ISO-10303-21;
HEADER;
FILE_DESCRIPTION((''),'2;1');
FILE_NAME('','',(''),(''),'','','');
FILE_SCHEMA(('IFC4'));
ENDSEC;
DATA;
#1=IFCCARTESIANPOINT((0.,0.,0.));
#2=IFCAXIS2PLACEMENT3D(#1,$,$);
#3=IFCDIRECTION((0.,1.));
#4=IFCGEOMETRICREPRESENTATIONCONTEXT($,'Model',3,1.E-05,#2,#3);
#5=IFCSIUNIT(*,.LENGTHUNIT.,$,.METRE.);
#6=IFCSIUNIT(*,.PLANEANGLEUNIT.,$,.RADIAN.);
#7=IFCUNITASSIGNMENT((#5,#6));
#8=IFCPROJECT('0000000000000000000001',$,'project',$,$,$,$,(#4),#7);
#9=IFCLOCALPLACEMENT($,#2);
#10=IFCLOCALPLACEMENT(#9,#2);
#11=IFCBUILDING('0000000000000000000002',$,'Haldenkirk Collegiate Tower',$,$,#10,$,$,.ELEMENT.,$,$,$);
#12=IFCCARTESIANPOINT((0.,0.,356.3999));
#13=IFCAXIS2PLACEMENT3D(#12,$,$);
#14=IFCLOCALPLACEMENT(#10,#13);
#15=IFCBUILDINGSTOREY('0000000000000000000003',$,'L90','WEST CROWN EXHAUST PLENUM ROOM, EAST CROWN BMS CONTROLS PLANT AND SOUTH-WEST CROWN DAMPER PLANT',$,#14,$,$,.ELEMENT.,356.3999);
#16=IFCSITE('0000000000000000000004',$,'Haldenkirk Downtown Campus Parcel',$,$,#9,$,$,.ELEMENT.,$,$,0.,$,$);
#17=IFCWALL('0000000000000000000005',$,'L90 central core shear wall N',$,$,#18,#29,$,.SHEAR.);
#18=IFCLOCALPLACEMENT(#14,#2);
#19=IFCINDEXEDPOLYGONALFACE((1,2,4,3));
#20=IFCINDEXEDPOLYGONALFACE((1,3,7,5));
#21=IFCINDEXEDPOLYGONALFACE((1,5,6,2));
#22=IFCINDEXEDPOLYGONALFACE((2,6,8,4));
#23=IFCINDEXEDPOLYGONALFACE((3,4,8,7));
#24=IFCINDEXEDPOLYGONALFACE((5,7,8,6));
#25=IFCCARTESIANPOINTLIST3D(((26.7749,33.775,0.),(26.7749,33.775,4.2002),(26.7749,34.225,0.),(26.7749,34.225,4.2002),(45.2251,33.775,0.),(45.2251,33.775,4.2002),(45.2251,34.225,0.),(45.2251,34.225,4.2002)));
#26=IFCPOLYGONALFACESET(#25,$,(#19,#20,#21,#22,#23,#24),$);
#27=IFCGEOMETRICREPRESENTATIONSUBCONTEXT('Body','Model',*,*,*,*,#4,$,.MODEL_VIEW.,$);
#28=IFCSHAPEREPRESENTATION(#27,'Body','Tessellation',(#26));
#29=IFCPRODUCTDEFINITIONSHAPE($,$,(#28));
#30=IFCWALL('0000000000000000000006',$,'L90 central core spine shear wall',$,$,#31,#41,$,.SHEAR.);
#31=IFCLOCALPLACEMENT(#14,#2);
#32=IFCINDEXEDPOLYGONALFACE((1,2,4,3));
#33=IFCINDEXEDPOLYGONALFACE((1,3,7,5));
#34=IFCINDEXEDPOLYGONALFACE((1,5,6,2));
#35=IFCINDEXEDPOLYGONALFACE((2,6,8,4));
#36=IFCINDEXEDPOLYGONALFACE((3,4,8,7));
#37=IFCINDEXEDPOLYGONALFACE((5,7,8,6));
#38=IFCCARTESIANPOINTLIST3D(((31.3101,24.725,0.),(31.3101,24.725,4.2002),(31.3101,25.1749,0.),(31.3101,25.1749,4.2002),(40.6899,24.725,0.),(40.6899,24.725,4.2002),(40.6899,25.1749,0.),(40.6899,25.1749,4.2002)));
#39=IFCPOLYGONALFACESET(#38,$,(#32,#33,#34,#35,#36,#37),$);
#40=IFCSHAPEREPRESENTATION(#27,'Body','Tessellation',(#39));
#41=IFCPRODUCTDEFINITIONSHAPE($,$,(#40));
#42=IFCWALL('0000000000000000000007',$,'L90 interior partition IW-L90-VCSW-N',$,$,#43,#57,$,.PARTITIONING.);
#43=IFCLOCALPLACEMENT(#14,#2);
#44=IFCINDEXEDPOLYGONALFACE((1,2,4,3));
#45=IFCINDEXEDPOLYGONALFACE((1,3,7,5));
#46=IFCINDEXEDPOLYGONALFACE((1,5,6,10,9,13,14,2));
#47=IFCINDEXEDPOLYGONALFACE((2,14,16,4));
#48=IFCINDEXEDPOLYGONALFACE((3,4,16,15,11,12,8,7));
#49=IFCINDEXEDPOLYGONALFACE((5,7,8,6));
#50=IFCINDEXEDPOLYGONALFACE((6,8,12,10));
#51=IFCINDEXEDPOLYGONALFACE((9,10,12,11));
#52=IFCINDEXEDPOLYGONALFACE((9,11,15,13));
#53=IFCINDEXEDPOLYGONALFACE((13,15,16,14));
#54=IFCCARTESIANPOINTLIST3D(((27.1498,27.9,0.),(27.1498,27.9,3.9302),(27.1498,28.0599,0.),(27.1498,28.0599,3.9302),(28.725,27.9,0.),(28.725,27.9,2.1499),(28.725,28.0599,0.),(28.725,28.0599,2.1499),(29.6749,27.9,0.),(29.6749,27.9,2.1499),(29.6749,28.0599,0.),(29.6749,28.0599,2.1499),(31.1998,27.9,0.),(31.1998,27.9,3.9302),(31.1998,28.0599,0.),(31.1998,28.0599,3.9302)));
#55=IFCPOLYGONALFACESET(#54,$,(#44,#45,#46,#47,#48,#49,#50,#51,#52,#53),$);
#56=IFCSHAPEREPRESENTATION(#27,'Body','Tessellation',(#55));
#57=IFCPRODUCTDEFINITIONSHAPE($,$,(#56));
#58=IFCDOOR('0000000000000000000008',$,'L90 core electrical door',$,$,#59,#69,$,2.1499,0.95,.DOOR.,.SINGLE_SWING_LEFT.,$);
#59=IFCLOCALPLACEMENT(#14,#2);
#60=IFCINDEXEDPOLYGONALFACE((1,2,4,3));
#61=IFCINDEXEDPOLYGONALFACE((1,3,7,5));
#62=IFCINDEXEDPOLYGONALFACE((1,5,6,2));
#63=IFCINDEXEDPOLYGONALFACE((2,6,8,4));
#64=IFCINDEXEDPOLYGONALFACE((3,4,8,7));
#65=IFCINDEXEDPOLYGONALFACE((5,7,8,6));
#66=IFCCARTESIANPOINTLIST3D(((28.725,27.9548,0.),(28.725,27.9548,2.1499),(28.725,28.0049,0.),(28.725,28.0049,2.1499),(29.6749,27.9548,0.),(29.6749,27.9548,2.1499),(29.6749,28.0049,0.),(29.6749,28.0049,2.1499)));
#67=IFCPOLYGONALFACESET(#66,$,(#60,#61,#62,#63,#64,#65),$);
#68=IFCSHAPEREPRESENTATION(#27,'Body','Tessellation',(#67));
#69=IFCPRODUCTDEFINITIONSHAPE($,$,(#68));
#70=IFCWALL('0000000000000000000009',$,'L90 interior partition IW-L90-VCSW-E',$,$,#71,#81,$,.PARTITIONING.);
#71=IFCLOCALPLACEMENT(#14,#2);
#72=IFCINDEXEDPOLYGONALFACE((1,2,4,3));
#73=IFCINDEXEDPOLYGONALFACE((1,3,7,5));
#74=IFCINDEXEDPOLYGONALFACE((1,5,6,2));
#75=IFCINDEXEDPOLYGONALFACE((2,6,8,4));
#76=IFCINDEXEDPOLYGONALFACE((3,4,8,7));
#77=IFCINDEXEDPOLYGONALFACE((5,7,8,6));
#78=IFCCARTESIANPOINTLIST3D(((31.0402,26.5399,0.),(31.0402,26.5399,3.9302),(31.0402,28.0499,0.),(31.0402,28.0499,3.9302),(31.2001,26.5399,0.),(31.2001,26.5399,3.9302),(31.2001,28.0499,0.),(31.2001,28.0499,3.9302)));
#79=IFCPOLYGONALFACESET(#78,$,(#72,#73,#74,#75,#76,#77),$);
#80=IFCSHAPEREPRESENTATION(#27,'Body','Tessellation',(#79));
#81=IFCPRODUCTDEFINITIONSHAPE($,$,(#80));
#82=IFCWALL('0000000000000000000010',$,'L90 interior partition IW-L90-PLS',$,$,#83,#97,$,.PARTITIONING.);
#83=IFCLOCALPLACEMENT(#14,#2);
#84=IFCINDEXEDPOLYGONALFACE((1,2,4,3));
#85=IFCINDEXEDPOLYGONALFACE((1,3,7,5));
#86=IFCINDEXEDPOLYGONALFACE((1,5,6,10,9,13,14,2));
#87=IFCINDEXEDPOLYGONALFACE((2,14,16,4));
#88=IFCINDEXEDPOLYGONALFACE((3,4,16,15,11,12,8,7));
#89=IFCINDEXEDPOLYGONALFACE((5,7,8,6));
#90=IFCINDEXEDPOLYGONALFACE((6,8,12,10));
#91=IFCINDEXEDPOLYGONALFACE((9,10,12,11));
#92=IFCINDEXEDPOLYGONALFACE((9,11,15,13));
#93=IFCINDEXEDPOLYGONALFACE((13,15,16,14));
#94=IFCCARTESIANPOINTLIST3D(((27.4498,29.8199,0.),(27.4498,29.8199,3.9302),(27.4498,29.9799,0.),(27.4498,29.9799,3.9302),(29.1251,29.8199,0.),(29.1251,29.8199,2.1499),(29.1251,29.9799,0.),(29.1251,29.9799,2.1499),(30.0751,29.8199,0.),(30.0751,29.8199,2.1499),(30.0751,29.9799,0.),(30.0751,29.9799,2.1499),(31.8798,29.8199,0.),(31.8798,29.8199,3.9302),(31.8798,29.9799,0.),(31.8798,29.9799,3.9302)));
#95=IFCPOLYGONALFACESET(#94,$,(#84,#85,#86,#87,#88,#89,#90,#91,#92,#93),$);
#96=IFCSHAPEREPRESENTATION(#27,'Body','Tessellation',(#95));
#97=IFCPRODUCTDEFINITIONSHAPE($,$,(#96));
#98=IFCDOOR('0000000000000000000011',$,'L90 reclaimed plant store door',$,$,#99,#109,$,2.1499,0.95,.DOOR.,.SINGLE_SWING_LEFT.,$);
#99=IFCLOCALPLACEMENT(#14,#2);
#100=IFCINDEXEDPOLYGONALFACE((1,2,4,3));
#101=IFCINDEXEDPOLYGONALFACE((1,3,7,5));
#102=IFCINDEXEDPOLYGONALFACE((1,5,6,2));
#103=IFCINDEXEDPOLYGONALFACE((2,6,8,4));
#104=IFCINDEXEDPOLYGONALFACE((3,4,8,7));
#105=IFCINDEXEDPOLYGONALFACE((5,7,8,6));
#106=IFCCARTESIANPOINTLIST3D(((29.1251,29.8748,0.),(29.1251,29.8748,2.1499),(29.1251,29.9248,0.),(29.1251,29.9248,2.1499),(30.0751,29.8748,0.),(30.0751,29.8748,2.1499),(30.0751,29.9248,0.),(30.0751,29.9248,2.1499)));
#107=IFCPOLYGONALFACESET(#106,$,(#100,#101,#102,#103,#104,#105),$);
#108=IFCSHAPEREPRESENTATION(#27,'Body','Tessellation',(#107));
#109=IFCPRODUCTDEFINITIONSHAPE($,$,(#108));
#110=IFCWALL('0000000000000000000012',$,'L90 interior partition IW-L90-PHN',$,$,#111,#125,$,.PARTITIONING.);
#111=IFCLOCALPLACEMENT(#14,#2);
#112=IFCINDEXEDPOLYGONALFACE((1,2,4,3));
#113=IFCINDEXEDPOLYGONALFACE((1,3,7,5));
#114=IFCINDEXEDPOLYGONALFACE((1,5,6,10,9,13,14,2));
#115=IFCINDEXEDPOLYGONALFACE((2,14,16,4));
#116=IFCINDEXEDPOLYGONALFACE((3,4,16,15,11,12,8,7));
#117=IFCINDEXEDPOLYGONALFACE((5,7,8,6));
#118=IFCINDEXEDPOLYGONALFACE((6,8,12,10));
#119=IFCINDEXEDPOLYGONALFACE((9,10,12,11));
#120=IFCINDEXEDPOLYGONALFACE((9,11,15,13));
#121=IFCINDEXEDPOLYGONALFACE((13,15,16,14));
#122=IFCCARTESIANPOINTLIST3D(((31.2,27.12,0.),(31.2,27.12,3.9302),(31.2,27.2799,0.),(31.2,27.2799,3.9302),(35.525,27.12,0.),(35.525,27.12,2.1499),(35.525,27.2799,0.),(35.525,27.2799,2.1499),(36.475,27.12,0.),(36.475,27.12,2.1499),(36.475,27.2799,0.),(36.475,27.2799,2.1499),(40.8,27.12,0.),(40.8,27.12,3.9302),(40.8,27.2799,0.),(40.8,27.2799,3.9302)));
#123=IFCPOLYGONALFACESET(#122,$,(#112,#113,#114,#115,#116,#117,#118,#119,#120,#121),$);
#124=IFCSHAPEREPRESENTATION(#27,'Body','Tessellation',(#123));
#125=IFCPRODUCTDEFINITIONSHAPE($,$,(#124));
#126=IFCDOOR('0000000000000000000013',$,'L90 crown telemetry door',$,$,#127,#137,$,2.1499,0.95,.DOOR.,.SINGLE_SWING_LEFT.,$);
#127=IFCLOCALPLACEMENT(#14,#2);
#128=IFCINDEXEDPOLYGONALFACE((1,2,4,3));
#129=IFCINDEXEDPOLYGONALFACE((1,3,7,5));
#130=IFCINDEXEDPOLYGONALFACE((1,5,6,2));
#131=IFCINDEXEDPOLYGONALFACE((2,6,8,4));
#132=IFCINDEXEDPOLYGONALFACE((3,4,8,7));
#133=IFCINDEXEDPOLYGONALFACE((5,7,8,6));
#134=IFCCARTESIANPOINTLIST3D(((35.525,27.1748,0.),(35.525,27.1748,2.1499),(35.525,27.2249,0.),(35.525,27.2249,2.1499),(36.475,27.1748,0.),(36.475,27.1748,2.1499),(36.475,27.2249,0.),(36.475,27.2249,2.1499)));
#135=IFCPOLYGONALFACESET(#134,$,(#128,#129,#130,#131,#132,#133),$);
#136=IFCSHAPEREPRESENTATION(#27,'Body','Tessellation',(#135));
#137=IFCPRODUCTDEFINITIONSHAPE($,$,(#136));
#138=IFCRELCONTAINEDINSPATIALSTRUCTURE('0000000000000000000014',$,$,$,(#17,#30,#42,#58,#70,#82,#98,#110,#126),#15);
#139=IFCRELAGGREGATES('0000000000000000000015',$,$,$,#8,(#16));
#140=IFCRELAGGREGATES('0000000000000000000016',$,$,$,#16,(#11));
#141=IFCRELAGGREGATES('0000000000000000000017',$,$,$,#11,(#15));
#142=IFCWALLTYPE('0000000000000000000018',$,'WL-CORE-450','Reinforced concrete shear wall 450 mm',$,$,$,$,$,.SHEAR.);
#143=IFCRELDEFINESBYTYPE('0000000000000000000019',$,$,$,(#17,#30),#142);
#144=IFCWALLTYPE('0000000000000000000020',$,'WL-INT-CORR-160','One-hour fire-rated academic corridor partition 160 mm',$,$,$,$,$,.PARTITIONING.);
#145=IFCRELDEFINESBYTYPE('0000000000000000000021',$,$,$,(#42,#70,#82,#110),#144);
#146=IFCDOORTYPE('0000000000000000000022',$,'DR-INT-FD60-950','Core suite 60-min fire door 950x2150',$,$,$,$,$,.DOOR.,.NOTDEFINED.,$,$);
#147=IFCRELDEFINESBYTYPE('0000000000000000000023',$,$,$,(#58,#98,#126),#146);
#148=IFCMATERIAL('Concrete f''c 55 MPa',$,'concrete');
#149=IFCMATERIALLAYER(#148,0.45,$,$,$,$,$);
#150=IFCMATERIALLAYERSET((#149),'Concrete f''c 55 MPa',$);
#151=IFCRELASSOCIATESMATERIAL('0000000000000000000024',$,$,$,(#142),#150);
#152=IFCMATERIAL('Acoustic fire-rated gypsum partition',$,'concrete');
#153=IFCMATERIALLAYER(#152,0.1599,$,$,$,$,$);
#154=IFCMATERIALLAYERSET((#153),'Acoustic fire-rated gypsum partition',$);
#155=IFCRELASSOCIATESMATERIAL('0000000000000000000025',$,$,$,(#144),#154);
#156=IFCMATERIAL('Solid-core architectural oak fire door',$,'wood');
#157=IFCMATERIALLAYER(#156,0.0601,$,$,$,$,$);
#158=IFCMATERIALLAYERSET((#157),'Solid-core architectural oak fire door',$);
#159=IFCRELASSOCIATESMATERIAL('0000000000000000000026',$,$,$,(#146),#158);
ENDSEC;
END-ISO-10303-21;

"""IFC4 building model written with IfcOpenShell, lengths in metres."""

from ifc_helpers import new_model, si_unit, direction, frame, frame_2d, origin, place, context, subcontext, project, spatial, rectangle, extrude, material, layer, layer_set, type_object, element, fill, save


model = new_model("IFC4")

# Units and contexts
model_context = context("Model", 3, precision=1e-05, world=origin(), true_north=direction((0.0, 1.0)))
body_context = subcontext(model_context, "Body", "Model", "MODEL_VIEW")
ifc_project = project(units=[si_unit("LENGTHUNIT", "METRE"), si_unit("PLANEANGLEUNIT", "RADIAN")], contexts=[model_context])

# Site, building, storey
site_placement = place(None, origin())
site = spatial("IfcSite", under=ifc_project, at=site_placement, Name="Haldenkirk Downtown Campus Parcel", CompositionType="ELEMENT", RefElevation=0.0)
building_placement = place(site_placement, origin())
building = spatial("IfcBuilding", under=site, at=building_placement, Name="Haldenkirk Collegiate Tower", CompositionType="ELEMENT")
storey_placement = place(building_placement, frame((0.0, 0.0, 356.3999)))
storey = spatial("IfcBuildingStorey", under=building, at=storey_placement, Name="L90", Description="WEST CROWN EXHAUST PLENUM ROOM, EAST CROWN BMS CONTROLS PLANT AND SOUTH-WEST CROWN DAMPER PLANT", CompositionType="ELEMENT", Elevation=356.3999)

# Walls
ifc_material_1 = material(Name="Concrete f'c 55 MPa", Category="concrete")
ifc_layer_1 = layer(ifc_material_1, 0.45)
ifc_layer_set_1 = layer_set([ifc_layer_1], Name="Concrete f'c 55 MPa")
wall_type_1 = type_object("IfcWallType", Name="WL-CORE-450", Description="Reinforced concrete shear wall 450 mm", PredefinedType="SHEAR", material=ifc_layer_set_1)
wall_1_placement = place(storey_placement, frame((26.7749, 34.0, 0.0), z_axis=(0.0, 0.0, 1.0), x_axis=(1.0, 0.0, 0.0)))
element("IfcWall", 1, at=wall_1_placement, inside=storey, type_object=wall_type_1, Name="L90 central core shear wall N", PredefinedType="SHEAR", context=body_context, shape_type="SweptSolid", body=[
    extrude(rectangle(XDim=18.4502, YDim=0.45, at=frame_2d((9.2251, 0.0))), origin(), (0.0, 0.0, 1.0), 4.2002),
])
wall_2_placement = place(storey_placement, frame((31.3101, 24.95, 0.0), z_axis=(0.0, 0.0, 1.0), x_axis=(1.0, 0.0, 0.0)))
element("IfcWall", 2, at=wall_2_placement, inside=storey, type_object=wall_type_1, Name="L90 central core spine shear wall", PredefinedType="SHEAR", context=body_context, shape_type="SweptSolid", body=[
    extrude(rectangle(XDim=9.3799, YDim=0.45, at=frame_2d((4.6899, 0.0))), origin(), (0.0, 0.0, 1.0), 4.2002),
])

# Wall, opening, door
ifc_material_2 = material(Name="Acoustic fire-rated gypsum partition", Category="concrete")
ifc_layer_2 = layer(ifc_material_2, 0.1599)
ifc_layer_set_2 = layer_set([ifc_layer_2], Name="Acoustic fire-rated gypsum partition")
wall_type_2 = type_object("IfcWallType", Name="WL-INT-CORR-160", Description="One-hour fire-rated academic corridor partition 160 mm", PredefinedType="PARTITIONING", material=ifc_layer_set_2)
wall_3_placement = place(storey_placement, frame((27.1499, 27.98, 0.0), z_axis=(0.0, 0.0, 1.0), x_axis=(1.0, 0.0, 0.0)))
wall_3 = element("IfcWall", 3, at=wall_3_placement, inside=storey, type_object=wall_type_2, Name="L90 interior partition IW-L90-VCSW-N", PredefinedType="PARTITIONING", context=body_context, shape_type="SweptSolid", body=[
    extrude(rectangle(XDim=4.05, YDim=0.1599, at=frame_2d((2.0249, 0.0))), origin(), (0.0, 0.0, 1.0), 3.9302),
])
opening_1_placement = place(wall_3_placement, frame((1.575, 0.0, 0.0)))
opening_1 = element("IfcOpeningElement", 4, at=opening_1_placement, cuts=wall_3, PredefinedType="OPENING", context=body_context, shape_type="SweptSolid", body=[
    extrude(rectangle(XDim=0.95, YDim=2.1499, at=frame_2d((0.4751, 1.075))), frame((0.0, 0.0898, 0.0), z_axis=(0.0, -1.0, 0.0), x_axis=(1.0, 0.0, 0.0)), (0.0, 0.0, 1.0), 0.1799),
])
ifc_material_3 = material(Name="Solid-core architectural oak fire door", Category="wood")
ifc_layer_3 = layer(ifc_material_3, 0.0601)
ifc_layer_set_3 = layer_set([ifc_layer_3], Name="Solid-core architectural oak fire door")
door_type_1 = type_object("IfcDoorType", Name="DR-INT-FD60-950", Description="Core suite 60-min fire door 950x2150", OperationType="NOTDEFINED", PredefinedType="DOOR", material=ifc_layer_set_3)
door_1_placement = place(opening_1_placement, origin())
door_1 = element("IfcDoor", 5, at=door_1_placement, inside=storey, type_object=door_type_1, Name="L90 core electrical door", OperationType="SINGLE_SWING_LEFT", OverallHeight=2.1499, OverallWidth=0.95, PredefinedType="DOOR", context=body_context, shape_type="SweptSolid", body=[
    extrude(rectangle(XDim=0.95, YDim=2.1499, at=frame_2d((0.4751, 1.075))), frame((0.0, 0.0249, 0.0), z_axis=(0.0, -1.0, 0.0), x_axis=(1.0, 0.0, 0.0)), (0.0, 0.0, 1.0), 0.05),
])
fill(opening_1, door_1)

# Wall
wall_4_placement = place(storey_placement, frame((31.1201, 26.54, 0.0), z_axis=(0.0, 0.0, 1.0), x_axis=(0.0, 1.0, 0.0)))
element("IfcWall", 6, at=wall_4_placement, inside=storey, type_object=wall_type_2, Name="L90 interior partition IW-L90-VCSW-E", PredefinedType="PARTITIONING", context=body_context, shape_type="SweptSolid", body=[
    extrude(rectangle(XDim=1.51, YDim=0.1599, at=frame_2d((0.7549, 0.0))), origin(), (0.0, 0.0, 1.0), 3.9302),
])

# Walls, openings, doors
wall_5_placement = place(storey_placement, frame((27.45, 29.8999, 0.0), z_axis=(0.0, 0.0, 1.0), x_axis=(1.0, 0.0, 0.0)))
wall_5 = element("IfcWall", 7, at=wall_5_placement, inside=storey, type_object=wall_type_2, Name="L90 interior partition IW-L90-PLS", PredefinedType="PARTITIONING", context=body_context, shape_type="SweptSolid", body=[
    extrude(rectangle(XDim=4.4299, YDim=0.1599, at=frame_2d((2.2148, 0.0))), origin(), (0.0, 0.0, 1.0), 3.9302),
])
opening_2_placement = place(wall_5_placement, frame((1.675, 0.0, 0.0)))
opening_2 = element("IfcOpeningElement", 8, at=opening_2_placement, cuts=wall_5, PredefinedType="OPENING", context=body_context, shape_type="SweptSolid", body=[
    extrude(rectangle(XDim=0.95, YDim=2.1499, at=frame_2d((0.4751, 1.075))), frame((0.0, 0.0898, 0.0), z_axis=(0.0, -1.0, 0.0), x_axis=(1.0, 0.0, 0.0)), (0.0, 0.0, 1.0), 0.1799),
])
door_2_placement = place(opening_2_placement, origin())
door_2 = element("IfcDoor", 9, at=door_2_placement, inside=storey, type_object=door_type_1, Name="L90 reclaimed plant store door", OperationType="SINGLE_SWING_LEFT", OverallHeight=2.1499, OverallWidth=0.95, PredefinedType="DOOR", context=body_context, shape_type="SweptSolid", body=[
    extrude(rectangle(XDim=0.95, YDim=2.1499, at=frame_2d((0.4751, 1.075))), frame((0.0, 0.0249, 0.0), z_axis=(0.0, -1.0, 0.0), x_axis=(1.0, 0.0, 0.0)), (0.0, 0.0, 1.0), 0.05),
])
fill(opening_2, door_2)
wall_6_placement = place(storey_placement, frame((31.2, 27.2, 0.0), z_axis=(0.0, 0.0, 1.0), x_axis=(1.0, 0.0, 0.0)))
wall_6 = element("IfcWall", 10, at=wall_6_placement, inside=storey, type_object=wall_type_2, Name="L90 interior partition IW-L90-PHN", PredefinedType="PARTITIONING", context=body_context, shape_type="SweptSolid", body=[
    extrude(rectangle(XDim=9.6001, YDim=0.1599, at=frame_2d((4.8, 0.0))), origin(), (0.0, 0.0, 1.0), 3.9302),
])
opening_3_placement = place(wall_6_placement, frame((4.325, 0.0, 0.0)))
opening_3 = element("IfcOpeningElement", 11, at=opening_3_placement, cuts=wall_6, PredefinedType="OPENING", context=body_context, shape_type="SweptSolid", body=[
    extrude(rectangle(XDim=0.95, YDim=2.1499, at=frame_2d((0.4751, 1.075))), frame((0.0, 0.0898, 0.0), z_axis=(0.0, -1.0, 0.0), x_axis=(1.0, 0.0, 0.0)), (0.0, 0.0, 1.0), 0.1799),
])
door_3_placement = place(opening_3_placement, origin())
door_3 = element("IfcDoor", 12, at=door_3_placement, inside=storey, type_object=door_type_1, Name="L90 crown telemetry door", OperationType="SINGLE_SWING_LEFT", OverallHeight=2.1499, OverallWidth=0.95, PredefinedType="DOOR", context=body_context, shape_type="SweptSolid", body=[
    extrude(rectangle(XDim=0.95, YDim=2.1499, at=frame_2d((0.4751, 1.075))), frame((0.0, 0.0249, 0.0), z_axis=(0.0, -1.0, 0.0), x_axis=(1.0, 0.0, 0.0)), (0.0, 0.0, 1.0), 0.05),
])
fill(opening_3, door_3)

save(model, "model.ifc")
